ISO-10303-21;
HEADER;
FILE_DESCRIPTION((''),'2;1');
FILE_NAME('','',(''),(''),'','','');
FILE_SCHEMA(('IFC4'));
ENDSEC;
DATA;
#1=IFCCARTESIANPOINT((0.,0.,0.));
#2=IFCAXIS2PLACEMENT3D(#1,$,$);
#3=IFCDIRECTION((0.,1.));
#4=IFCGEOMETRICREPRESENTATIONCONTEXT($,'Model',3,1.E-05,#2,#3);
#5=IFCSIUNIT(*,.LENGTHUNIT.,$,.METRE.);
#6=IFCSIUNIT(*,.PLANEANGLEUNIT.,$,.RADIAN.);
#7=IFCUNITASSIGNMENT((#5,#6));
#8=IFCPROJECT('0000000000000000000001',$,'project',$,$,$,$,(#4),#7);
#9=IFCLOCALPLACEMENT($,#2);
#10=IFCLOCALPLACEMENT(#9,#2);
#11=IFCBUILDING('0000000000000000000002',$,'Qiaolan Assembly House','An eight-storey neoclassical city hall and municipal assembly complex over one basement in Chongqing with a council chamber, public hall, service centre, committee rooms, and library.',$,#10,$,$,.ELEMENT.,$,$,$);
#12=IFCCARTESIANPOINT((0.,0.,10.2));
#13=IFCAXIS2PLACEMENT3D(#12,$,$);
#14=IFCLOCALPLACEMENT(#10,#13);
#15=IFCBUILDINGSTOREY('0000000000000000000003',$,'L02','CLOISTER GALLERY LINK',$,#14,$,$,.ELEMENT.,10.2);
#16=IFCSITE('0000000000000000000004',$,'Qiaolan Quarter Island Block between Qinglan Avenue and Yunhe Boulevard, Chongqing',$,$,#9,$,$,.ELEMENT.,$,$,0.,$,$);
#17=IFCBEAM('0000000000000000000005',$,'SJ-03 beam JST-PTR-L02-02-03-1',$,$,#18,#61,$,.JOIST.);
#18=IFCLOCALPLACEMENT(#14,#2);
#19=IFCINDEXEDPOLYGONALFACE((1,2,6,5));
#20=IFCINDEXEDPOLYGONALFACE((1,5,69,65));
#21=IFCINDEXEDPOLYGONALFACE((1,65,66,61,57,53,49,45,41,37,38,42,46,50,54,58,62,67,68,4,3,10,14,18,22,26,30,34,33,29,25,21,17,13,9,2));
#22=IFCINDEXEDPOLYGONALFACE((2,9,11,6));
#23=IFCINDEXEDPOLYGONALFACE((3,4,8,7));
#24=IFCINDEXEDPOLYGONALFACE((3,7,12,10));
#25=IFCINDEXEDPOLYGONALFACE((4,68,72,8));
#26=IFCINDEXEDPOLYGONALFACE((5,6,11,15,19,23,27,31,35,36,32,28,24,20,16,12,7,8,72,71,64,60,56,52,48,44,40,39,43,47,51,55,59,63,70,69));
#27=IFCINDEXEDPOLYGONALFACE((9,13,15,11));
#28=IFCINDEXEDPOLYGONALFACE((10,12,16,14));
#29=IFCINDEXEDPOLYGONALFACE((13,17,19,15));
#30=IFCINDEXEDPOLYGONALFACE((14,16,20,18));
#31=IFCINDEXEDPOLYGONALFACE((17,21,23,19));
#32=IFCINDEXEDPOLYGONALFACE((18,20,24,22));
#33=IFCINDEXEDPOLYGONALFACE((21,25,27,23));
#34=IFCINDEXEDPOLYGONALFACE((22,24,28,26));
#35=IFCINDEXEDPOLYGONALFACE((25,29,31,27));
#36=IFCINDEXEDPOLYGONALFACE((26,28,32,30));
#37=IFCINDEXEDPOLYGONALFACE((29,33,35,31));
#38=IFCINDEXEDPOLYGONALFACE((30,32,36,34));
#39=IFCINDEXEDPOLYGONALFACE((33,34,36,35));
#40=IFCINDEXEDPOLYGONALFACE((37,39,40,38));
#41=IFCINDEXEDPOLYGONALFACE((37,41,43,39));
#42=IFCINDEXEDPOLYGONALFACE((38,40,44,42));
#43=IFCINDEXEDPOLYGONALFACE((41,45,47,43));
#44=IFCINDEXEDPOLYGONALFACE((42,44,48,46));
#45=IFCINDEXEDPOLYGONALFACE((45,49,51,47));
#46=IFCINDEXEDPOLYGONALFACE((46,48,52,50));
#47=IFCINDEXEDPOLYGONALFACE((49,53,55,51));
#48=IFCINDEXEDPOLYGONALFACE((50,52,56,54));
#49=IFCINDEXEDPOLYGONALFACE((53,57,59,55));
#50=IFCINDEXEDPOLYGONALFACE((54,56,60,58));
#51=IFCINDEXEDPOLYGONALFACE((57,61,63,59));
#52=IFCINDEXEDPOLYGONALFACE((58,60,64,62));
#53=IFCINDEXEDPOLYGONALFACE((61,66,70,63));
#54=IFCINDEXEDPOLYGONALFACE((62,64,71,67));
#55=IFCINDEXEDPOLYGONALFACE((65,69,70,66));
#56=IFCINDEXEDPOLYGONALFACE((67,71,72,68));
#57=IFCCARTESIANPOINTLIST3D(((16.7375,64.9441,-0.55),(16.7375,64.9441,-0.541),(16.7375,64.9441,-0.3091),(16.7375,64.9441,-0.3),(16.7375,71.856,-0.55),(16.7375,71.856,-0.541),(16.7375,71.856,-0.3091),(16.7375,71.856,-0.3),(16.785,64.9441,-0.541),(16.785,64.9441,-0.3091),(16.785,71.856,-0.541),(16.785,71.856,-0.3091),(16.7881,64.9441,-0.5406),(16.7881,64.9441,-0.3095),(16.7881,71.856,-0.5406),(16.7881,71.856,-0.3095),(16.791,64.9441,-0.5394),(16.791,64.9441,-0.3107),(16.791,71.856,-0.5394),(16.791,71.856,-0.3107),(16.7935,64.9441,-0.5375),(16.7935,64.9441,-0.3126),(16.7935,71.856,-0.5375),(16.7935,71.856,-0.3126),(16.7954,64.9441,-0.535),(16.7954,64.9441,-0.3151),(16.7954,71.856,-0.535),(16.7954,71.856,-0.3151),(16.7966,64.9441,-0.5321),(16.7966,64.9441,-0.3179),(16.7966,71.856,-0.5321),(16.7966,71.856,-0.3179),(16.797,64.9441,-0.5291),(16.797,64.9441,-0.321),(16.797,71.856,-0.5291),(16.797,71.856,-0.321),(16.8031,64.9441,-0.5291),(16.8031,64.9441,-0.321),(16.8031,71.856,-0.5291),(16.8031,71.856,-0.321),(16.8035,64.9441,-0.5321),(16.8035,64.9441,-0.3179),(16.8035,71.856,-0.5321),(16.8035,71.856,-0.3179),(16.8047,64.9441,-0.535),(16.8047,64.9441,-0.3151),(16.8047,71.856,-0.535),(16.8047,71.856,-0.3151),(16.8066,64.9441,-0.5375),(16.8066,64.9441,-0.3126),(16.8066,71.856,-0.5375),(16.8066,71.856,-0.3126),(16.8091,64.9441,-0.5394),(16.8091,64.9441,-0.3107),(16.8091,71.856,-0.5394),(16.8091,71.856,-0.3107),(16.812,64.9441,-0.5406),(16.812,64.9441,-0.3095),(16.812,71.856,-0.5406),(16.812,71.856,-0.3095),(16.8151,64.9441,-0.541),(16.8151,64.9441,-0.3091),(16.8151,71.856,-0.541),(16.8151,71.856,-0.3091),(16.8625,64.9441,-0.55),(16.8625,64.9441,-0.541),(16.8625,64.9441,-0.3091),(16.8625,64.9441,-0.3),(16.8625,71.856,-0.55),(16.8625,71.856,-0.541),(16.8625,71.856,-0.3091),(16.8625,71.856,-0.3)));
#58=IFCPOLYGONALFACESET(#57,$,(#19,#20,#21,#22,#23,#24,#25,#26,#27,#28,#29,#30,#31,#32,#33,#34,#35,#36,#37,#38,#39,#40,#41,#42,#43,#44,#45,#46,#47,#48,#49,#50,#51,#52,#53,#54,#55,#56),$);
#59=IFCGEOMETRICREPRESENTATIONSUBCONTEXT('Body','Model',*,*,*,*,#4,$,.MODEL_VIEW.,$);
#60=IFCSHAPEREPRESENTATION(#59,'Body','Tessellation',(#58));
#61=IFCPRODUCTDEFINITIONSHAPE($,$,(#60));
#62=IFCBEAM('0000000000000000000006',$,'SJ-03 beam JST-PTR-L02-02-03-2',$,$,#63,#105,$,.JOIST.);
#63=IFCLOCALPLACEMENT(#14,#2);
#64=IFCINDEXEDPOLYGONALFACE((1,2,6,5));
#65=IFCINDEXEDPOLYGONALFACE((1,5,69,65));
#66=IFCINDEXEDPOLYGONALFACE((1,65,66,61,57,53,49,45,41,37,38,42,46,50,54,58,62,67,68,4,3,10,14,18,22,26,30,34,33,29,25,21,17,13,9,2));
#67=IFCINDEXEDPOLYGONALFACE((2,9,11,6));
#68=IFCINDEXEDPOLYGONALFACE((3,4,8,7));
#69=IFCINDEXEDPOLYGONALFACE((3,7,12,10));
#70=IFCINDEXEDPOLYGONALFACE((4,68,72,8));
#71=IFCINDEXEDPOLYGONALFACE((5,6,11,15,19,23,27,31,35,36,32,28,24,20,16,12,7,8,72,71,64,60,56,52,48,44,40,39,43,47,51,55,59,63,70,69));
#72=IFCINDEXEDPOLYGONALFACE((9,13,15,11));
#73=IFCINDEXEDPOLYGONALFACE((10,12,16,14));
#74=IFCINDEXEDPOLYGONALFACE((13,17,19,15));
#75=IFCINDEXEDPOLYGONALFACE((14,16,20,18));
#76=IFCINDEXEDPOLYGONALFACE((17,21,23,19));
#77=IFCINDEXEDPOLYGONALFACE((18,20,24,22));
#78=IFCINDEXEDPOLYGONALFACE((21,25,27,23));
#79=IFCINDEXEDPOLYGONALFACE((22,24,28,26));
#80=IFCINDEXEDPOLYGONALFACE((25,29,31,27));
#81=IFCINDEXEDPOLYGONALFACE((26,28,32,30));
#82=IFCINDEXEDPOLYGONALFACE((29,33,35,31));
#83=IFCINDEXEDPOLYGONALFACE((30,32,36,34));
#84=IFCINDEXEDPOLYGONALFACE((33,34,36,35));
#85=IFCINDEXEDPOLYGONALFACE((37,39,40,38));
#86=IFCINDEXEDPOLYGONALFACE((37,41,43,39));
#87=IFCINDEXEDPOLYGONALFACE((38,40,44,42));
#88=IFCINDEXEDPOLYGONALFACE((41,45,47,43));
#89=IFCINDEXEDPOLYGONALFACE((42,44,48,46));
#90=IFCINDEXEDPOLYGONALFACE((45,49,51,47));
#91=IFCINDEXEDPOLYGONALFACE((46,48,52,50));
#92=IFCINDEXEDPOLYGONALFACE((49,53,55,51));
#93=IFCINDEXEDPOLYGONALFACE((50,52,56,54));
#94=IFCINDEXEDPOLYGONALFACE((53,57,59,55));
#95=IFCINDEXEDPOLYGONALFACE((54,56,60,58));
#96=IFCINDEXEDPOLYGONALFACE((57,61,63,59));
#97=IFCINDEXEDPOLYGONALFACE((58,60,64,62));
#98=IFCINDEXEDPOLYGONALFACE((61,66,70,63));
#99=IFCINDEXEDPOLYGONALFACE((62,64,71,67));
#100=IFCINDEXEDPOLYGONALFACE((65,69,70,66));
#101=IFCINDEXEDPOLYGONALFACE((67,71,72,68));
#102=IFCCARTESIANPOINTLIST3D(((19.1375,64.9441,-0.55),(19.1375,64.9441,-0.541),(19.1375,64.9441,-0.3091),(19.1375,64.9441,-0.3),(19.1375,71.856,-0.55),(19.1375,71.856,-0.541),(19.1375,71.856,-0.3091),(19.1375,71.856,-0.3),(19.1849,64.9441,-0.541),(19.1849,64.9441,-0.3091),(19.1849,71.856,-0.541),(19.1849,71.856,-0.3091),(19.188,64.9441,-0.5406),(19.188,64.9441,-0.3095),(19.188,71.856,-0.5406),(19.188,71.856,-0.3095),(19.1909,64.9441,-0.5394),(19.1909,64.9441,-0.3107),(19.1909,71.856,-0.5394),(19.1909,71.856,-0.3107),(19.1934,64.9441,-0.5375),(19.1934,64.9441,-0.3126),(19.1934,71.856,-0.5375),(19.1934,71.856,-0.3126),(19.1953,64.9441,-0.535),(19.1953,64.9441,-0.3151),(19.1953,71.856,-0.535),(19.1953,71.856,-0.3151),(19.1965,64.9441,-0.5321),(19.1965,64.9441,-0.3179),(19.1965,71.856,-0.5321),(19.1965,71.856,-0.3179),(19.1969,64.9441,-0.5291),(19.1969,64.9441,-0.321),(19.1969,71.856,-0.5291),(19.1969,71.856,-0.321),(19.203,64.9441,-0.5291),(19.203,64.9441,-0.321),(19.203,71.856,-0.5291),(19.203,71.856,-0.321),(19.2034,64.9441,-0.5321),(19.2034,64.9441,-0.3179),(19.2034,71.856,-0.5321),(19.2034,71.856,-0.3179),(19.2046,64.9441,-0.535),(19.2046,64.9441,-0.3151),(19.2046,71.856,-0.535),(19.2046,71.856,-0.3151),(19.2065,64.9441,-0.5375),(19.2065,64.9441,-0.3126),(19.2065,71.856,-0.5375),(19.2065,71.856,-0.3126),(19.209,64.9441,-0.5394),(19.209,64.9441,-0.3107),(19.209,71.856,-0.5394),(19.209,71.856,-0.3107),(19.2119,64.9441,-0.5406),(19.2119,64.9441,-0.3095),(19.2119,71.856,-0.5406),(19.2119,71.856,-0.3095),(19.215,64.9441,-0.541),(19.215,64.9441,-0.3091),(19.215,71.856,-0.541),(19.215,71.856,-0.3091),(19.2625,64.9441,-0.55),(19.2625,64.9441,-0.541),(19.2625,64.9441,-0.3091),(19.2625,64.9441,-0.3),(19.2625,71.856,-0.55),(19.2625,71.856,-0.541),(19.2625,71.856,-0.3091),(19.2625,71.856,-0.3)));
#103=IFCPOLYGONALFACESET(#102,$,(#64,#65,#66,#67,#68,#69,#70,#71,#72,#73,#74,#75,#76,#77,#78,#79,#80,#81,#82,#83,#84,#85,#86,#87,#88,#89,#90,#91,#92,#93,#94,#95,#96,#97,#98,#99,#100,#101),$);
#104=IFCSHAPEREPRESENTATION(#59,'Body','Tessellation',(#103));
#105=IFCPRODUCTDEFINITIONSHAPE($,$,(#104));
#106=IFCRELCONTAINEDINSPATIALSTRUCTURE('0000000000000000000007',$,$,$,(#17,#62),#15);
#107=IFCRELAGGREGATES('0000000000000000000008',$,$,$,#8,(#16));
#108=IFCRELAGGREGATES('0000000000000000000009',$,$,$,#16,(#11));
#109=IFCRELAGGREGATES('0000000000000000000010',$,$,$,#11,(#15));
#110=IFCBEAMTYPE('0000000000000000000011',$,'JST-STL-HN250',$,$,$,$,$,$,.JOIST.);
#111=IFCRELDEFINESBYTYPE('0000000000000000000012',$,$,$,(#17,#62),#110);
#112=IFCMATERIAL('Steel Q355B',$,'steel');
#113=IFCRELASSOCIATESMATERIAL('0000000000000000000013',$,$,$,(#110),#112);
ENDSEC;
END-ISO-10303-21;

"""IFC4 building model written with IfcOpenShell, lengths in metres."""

from ifc_helpers import new_model, si_unit, direction, frame, origin, origin_2d, place, context, subcontext, project, spatial, i_section, extrude, material, material_profile, profile_set, type_object, element, save


model = new_model("IFC4")

# Units and contexts
model_context = context("Model", 3, precision=1e-05, world=origin(), true_north=direction((0.0, 1.0)))
body_context = subcontext(model_context, "Body", "Model", "MODEL_VIEW")
ifc_project = project(units=[si_unit("LENGTHUNIT", "METRE"), si_unit("PLANEANGLEUNIT", "RADIAN")], contexts=[model_context])

# Site, building, storey
site_placement = place(None, origin())
site = spatial("IfcSite", under=ifc_project, at=site_placement, Name="Qiaolan Quarter Island Block between Qinglan Avenue and Yunhe Boulevard, Chongqing", CompositionType="ELEMENT", RefElevation=0.0)
building_placement = place(site_placement, origin())
building = spatial("IfcBuilding", under=site, at=building_placement, Name="Qiaolan Assembly House", Description="An eight-storey neoclassical city hall and municipal assembly complex over one basement in Chongqing with a council chamber, public hall, service centre, committee rooms, and library.", CompositionType="ELEMENT")
storey_placement = place(building_placement, frame((0.0, 0.0, 10.2)))
storey = spatial("IfcBuildingStorey", under=building, at=storey_placement, Name="L02", Description="CLOISTER GALLERY LINK", CompositionType="ELEMENT", Elevation=10.2)

# Shared definitions
ifc_material = material(Name="Steel Q355B", Category="steel")

# Beams
ifc_material_profile_1 = material_profile(ifc_material, i_section(OverallWidth=0.125, OverallDepth=0.25, WebThickness=0.0061, FlangeThickness=0.009, FilletRadius=0.012, at=origin_2d()), Name="HN 250x125x6x9")
ifc_profile_set_1 = profile_set([ifc_material_profile_1], Name="Steel Q355B")
beam_type_1 = type_object("IfcBeamType", Name="JST-STL-HN250", PredefinedType="JOIST", material=ifc_profile_set_1)
for number, where, z_axis, x_axis, name in (
    (1, (16.8, 64.9441, -0.425), (0.0, 1.0, 0.0), (-1.0, 0.0, 0.0), "SJ-03 beam JST-PTR-L02-02-03-1"),
    (2, (19.2, 64.9441, -0.425), (0.0, 1.0, 0.0), (-1.0, 0.0, 0.0), "SJ-03 beam JST-PTR-L02-02-03-2"),
):
    element("IfcBeam", number, at=place(storey_placement, frame(where, z_axis=z_axis, x_axis=x_axis)), inside=storey, type_object=beam_type_1, Name=name, PredefinedType="JOIST", context=body_context, shape_type="SweptSolid", body=[
        extrude(i_section(OverallWidth=0.125, OverallDepth=0.25, WebThickness=0.0061, FlangeThickness=0.009, FilletRadius=0.012, at=origin_2d()), origin(), (0.0, 0.0, 1.0), 6.9119),
    ])

save(model, "model.ifc")
